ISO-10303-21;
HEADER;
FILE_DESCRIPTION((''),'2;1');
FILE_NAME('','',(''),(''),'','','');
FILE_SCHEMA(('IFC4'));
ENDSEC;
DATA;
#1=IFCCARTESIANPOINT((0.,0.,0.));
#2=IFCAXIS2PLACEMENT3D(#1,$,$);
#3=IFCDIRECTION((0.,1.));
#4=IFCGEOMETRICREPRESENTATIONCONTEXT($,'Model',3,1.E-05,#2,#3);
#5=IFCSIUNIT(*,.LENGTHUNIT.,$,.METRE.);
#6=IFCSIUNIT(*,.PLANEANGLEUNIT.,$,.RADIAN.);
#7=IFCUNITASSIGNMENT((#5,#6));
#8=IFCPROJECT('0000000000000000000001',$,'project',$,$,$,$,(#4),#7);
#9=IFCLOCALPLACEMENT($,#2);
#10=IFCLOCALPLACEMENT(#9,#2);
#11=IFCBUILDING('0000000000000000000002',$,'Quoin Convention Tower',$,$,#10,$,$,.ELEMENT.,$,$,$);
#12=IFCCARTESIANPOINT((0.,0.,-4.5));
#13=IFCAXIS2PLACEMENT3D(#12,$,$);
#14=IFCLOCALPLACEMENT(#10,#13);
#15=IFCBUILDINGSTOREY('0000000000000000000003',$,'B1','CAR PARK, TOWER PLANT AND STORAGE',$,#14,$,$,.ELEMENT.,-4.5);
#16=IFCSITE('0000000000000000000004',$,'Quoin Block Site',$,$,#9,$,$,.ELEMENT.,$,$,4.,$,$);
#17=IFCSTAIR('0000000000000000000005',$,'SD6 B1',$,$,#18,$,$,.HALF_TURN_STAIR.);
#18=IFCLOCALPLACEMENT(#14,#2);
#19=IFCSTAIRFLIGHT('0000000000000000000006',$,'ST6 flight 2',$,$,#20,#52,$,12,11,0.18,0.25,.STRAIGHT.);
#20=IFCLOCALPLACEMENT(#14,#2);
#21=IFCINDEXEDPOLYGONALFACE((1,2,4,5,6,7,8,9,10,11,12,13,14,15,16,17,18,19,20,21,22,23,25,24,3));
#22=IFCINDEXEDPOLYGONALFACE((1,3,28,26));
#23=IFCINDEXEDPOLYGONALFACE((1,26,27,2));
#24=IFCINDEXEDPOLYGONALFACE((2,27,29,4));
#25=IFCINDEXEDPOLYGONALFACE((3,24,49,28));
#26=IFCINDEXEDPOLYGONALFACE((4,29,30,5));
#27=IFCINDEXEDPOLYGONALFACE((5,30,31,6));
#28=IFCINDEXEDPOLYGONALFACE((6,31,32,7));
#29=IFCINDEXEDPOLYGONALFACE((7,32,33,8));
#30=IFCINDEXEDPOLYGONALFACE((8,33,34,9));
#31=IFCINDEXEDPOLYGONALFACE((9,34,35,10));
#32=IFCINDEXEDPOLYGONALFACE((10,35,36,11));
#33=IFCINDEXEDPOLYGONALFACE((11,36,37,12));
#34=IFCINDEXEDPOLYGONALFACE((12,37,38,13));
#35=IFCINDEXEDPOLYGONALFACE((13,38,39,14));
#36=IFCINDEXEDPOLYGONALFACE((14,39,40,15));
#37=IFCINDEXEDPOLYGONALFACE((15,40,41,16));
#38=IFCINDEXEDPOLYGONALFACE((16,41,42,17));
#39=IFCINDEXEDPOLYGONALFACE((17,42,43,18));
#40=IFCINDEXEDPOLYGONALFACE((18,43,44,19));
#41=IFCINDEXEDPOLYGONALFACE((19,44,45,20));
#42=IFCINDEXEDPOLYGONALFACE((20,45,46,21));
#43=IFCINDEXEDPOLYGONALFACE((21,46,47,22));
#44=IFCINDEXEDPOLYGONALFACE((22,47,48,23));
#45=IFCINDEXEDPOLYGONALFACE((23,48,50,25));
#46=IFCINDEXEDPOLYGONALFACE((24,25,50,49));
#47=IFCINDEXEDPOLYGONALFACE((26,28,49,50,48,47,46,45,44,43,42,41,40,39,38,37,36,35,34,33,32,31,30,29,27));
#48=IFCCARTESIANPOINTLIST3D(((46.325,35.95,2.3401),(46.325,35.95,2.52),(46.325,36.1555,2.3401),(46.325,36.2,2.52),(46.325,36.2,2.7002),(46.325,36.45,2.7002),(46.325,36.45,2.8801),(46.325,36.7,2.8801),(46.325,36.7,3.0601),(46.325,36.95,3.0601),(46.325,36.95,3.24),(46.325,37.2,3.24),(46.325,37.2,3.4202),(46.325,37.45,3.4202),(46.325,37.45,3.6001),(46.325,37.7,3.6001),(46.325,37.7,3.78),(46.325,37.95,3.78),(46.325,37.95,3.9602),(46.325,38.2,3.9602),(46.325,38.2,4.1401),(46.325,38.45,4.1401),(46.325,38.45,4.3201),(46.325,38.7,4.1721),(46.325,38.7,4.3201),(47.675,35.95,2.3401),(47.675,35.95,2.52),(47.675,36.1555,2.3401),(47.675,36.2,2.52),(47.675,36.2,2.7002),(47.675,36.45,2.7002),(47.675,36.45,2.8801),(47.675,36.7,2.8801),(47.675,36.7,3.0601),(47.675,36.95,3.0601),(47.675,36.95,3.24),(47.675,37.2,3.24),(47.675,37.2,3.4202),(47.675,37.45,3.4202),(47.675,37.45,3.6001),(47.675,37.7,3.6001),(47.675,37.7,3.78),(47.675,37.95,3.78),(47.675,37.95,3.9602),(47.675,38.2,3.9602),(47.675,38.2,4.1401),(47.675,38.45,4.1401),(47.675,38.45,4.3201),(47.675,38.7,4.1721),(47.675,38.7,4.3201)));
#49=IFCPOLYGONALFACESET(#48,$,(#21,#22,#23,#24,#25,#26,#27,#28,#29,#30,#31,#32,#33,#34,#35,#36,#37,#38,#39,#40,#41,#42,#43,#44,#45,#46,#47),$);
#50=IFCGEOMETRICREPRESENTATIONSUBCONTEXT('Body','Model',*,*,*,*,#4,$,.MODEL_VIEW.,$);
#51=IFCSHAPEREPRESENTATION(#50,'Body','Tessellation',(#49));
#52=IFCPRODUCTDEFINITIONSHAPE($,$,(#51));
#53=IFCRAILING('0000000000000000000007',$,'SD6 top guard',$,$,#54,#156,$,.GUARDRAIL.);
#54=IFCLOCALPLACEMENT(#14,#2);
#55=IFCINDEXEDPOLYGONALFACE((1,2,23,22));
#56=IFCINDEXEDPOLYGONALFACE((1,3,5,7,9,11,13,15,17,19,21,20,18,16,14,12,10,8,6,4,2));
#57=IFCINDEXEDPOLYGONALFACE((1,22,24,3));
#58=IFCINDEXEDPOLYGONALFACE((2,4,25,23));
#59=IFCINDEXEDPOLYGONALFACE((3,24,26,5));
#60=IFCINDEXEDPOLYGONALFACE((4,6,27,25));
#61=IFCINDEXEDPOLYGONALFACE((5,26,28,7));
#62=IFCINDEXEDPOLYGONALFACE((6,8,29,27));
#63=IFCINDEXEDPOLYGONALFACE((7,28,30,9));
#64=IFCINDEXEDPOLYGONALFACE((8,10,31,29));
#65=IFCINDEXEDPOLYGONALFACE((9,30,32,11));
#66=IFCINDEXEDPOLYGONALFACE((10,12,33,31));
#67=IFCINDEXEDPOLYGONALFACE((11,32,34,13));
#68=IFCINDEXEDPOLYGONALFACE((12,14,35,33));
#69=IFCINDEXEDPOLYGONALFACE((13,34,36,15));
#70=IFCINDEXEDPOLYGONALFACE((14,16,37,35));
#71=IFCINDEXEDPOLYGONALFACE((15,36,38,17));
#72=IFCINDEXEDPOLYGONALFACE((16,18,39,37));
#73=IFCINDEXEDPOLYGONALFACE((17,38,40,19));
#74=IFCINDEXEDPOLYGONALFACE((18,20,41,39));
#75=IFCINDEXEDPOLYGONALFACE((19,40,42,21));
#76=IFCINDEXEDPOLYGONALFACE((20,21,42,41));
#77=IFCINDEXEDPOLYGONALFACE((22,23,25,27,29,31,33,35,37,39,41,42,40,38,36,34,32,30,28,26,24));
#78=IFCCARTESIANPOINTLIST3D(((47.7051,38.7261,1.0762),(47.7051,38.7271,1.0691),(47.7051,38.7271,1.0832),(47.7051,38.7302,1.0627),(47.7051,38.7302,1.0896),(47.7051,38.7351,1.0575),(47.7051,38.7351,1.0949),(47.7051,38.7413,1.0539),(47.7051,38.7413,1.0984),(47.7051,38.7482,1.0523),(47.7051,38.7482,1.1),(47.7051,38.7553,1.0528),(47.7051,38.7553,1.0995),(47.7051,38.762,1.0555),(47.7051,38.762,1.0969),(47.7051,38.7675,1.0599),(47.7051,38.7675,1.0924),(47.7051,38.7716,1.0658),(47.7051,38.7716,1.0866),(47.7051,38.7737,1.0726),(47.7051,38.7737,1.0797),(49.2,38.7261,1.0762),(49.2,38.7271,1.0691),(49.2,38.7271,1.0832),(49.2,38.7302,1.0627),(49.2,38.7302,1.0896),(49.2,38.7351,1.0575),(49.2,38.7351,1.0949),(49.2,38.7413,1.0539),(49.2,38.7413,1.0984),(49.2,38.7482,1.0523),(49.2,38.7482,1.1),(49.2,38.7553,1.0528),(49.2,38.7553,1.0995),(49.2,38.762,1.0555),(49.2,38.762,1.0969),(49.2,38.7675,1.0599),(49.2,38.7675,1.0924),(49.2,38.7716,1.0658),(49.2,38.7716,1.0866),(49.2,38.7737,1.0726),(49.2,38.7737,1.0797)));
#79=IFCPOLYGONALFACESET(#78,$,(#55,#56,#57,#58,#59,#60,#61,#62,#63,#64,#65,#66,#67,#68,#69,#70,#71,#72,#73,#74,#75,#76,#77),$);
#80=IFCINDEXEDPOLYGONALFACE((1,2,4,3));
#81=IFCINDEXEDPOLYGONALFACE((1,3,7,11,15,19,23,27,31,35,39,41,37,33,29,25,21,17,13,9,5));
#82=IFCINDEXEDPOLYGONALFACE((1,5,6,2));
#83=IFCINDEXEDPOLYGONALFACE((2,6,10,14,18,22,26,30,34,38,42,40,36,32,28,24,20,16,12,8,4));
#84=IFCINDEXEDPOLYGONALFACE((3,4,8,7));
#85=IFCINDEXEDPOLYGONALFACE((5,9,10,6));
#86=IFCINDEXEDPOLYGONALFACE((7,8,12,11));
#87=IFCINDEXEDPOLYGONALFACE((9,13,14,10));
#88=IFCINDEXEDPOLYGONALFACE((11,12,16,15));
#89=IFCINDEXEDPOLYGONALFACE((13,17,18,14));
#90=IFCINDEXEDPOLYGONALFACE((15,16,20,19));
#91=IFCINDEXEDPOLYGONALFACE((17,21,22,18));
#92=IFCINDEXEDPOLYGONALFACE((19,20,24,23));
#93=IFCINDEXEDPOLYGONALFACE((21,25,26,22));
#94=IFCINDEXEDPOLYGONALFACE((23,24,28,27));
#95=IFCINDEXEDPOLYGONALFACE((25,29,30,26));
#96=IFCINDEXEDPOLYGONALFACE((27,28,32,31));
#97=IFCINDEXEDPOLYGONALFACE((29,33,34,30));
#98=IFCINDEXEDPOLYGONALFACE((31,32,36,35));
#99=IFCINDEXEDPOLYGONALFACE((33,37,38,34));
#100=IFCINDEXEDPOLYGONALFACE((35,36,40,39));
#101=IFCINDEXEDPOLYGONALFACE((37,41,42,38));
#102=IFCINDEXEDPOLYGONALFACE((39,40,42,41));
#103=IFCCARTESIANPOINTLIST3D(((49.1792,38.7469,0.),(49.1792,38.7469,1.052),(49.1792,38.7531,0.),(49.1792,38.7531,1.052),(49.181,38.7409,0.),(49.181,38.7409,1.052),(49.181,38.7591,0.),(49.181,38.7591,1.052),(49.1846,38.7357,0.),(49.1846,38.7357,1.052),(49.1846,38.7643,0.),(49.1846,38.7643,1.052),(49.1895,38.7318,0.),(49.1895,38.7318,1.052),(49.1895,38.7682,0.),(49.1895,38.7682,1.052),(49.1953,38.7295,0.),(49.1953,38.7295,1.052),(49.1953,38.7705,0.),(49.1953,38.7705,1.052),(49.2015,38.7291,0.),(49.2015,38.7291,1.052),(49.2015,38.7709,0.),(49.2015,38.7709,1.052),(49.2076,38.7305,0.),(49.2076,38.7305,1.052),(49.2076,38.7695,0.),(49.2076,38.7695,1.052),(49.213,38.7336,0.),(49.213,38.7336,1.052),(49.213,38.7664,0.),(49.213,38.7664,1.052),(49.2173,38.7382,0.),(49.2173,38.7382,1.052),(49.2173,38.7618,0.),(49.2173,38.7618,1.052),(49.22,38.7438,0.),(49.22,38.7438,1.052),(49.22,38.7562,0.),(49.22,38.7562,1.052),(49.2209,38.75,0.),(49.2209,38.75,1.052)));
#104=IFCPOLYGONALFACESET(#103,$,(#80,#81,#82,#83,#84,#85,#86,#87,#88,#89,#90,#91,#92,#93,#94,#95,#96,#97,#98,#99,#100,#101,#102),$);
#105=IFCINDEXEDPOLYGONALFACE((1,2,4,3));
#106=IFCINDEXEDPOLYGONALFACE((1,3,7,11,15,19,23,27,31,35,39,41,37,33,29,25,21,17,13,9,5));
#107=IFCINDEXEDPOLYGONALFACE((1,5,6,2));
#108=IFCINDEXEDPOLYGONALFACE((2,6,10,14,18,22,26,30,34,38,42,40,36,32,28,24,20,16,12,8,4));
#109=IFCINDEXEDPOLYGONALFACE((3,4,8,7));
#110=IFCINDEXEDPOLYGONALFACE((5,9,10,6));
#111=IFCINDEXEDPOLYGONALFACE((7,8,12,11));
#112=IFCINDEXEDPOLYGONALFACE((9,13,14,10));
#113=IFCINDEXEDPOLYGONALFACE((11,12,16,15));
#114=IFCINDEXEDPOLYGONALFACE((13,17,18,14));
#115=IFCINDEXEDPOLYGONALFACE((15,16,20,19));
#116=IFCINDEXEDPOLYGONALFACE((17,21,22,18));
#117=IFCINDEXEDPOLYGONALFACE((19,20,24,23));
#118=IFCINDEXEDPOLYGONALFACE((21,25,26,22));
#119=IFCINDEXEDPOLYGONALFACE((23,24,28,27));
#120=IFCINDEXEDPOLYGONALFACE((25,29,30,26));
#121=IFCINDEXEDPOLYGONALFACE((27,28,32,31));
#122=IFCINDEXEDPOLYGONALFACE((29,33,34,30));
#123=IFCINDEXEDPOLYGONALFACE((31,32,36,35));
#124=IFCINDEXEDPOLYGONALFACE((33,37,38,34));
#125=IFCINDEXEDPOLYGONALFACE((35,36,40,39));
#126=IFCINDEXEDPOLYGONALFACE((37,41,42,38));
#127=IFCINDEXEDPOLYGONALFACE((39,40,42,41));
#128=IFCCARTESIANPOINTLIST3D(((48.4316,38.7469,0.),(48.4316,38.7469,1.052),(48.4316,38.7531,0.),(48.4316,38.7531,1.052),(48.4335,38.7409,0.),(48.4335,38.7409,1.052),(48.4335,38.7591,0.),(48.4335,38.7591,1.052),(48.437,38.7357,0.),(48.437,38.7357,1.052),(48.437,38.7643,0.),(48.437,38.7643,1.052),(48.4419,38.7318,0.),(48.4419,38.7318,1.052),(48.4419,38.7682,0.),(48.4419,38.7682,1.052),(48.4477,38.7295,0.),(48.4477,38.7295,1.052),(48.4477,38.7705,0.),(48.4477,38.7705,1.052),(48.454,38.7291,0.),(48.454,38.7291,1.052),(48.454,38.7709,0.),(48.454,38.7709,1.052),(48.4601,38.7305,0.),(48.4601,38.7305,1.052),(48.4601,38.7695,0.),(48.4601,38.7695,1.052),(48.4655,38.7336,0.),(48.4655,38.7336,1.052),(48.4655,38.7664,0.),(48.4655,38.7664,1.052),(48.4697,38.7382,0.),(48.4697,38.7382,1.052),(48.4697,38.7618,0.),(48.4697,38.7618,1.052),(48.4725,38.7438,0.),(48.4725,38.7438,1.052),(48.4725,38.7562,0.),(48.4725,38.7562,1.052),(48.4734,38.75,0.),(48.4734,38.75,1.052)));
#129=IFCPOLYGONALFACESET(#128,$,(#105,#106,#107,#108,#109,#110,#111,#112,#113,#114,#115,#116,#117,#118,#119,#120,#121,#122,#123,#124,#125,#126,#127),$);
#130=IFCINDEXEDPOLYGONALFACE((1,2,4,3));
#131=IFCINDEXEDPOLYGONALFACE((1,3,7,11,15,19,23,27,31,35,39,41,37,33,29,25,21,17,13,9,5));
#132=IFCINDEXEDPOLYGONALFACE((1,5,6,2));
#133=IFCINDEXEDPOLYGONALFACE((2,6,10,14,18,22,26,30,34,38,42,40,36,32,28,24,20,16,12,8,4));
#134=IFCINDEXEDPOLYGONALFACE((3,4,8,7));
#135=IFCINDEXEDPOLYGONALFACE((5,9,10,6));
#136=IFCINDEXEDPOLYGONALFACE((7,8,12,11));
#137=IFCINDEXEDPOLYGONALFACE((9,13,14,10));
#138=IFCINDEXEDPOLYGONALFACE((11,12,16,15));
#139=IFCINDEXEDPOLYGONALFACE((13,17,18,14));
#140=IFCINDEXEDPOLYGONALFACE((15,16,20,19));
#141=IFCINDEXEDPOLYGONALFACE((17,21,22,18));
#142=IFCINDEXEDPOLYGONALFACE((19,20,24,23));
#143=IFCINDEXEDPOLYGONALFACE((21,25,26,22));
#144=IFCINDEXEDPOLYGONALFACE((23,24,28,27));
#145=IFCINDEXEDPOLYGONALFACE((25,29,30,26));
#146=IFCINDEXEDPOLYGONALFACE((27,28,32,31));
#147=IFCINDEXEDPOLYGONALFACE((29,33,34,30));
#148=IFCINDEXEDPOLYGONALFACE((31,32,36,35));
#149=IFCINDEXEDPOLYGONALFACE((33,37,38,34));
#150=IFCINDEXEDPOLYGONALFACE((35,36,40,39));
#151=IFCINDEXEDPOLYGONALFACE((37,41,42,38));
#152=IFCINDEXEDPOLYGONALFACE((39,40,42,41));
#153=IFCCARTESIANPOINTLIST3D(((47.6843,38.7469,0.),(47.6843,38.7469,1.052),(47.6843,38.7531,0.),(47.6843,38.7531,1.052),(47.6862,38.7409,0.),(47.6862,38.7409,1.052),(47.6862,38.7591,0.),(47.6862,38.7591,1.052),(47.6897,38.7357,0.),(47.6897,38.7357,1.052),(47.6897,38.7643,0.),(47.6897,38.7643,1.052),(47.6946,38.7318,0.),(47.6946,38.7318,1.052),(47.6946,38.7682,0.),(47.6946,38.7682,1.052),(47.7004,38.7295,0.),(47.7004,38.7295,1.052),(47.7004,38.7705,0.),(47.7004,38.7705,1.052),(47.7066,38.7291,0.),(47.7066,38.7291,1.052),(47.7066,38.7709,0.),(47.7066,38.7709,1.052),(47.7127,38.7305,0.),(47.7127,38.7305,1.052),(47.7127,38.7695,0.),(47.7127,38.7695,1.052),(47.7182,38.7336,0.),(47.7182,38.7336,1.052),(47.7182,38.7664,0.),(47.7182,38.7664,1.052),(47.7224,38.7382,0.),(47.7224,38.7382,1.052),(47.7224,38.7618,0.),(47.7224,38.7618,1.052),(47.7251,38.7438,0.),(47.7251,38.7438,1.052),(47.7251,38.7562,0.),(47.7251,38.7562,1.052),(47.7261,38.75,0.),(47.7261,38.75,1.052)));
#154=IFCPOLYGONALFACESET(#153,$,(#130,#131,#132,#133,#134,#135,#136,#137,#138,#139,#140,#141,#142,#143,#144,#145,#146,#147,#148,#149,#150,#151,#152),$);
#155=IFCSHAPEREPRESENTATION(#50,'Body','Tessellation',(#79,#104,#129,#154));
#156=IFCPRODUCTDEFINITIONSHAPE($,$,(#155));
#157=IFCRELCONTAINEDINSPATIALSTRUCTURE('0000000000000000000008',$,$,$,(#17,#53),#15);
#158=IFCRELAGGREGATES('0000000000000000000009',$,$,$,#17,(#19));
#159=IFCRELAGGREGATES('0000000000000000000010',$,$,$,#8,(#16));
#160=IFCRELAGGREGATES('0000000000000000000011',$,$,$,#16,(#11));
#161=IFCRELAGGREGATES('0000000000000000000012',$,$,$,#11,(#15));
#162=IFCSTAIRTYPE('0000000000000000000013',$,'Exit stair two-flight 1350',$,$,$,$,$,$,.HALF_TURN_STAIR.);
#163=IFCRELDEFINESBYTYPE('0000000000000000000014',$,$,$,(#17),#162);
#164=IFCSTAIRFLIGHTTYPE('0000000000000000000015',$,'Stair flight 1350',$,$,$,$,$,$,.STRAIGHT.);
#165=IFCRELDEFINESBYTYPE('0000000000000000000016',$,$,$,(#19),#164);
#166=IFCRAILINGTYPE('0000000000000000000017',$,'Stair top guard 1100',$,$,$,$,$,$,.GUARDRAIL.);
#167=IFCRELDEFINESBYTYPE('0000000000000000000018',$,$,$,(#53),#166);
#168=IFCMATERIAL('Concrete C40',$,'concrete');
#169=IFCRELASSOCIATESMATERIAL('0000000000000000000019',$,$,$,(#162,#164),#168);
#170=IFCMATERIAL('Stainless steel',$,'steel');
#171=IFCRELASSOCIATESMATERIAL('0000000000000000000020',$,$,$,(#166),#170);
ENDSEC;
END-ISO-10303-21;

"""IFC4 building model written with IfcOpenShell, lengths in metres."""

from ifc_helpers import new_model, si_unit, direction, frame, origin, origin_2d, place, context, subcontext, project, spatial, polyline, circle, outline, extrude, material, type_object, element, aggregate, save


model = new_model("IFC4")

# Units and contexts
model_context = context("Model", 3, precision=1e-05, world=origin(), true_north=direction((0.0, 1.0)))
body_context = subcontext(model_context, "Body", "Model", "MODEL_VIEW")
ifc_project = project(units=[si_unit("LENGTHUNIT", "METRE"), si_unit("PLANEANGLEUNIT", "RADIAN")], contexts=[model_context])

# Site, building, storey
site_placement = place(None, origin())
site = spatial("IfcSite", under=ifc_project, at=site_placement, Name="Quoin Block Site", CompositionType="ELEMENT", RefElevation=4.0)
building_placement = place(site_placement, origin())
building = spatial("IfcBuilding", under=site, at=building_placement, Name="Quoin Convention Tower", CompositionType="ELEMENT")
storey_placement = place(building_placement, frame((0.0, 0.0, -4.5)))
storey = spatial("IfcBuildingStorey", under=building, at=storey_placement, Name="B1", Description="CAR PARK, TOWER PLANT AND STORAGE", CompositionType="ELEMENT", Elevation=-4.5)

# Stair, stair flight
ifc_material_1 = material(Name="Concrete C40", Category="concrete")
stair_type = type_object("IfcStairType", Name="Exit stair two-flight 1350", PredefinedType="HALF_TURN_STAIR", material=ifc_material_1)
stair_placement = place(storey_placement, origin())
stair = element("IfcStair", 1, at=stair_placement, inside=storey, type_object=stair_type, Name="SD6 B1", PredefinedType="HALF_TURN_STAIR")
stair_flight_type = type_object("IfcStairFlightType", Name="Stair flight 1350", PredefinedType="STRAIGHT", material=ifc_material_1)
stair_flight_1_placement = place(storey_placement, frame((47.0, 35.95, 2.3401), z_axis=(0.0, 0.0, 1.0), x_axis=(0.0, 1.0, 0.0)))
stair_flight_1 = element("IfcStairFlight", 2, at=stair_flight_1_placement, type_object=stair_flight_type, Name="ST6 flight 2", NumberOfRisers=12, NumberOfTreads=11, PredefinedType="STRAIGHT", RiserHeight=0.18, TreadLength=0.25, context=body_context, shape_type="SweptSolid", body=[
    extrude(outline(polyline([(0.0, 0.0), (0.0, 0.1799), (0.25, 0.1799), (0.25, 0.3601), (0.5, 0.3601), (0.5, 0.54), (0.75, 0.54), (0.75, 0.72), (1.0, 0.72), (1.0, 0.8999), (1.25, 0.8999), (1.25, 1.0801), (1.5, 1.0801), (1.5, 1.26), (1.75, 1.26), (1.75, 1.4399), (2.0, 1.4399), (2.0, 1.6201), (2.25, 1.6201), (2.25, 1.8), (2.5, 1.8), (2.5, 1.98), (2.75, 1.98), (2.75, 2.1599), (2.75, 1.832), (0.2056, 0.0), (0.0, 0.0)])), frame((0.0, 0.675, 0.0), z_axis=(0.0, -1.0, 0.0), x_axis=(1.0, 0.0, 0.0)), (0.0, 0.0, 1.0), 1.3501),
])
aggregate(stair, [stair_flight_1])

# Railing
ifc_material_2 = material(Name="Stainless steel", Category="steel")
railing_type_1 = type_object("IfcRailingType", Name="Stair top guard 1100", PredefinedType="GUARDRAIL", material=ifc_material_2)
railing_1_placement = place(storey_placement, frame((49.2, 38.75, 0.0)))
element("IfcRailing", 3, at=railing_1_placement, inside=storey, type_object=railing_type_1, Name="SD6 top guard", PredefinedType="GUARDRAIL", context=body_context, shape_type="SweptSolid", body=[
    extrude(circle(Radius=0.0239, at=origin_2d()), frame((0.0, 0.0, 1.0762), z_axis=(-1.0, 0.0, 0.0), x_axis=(0.0, -1.0, 0.0)), (0.0, 0.0, 1.0), 1.4949),
    extrude(circle(Radius=0.021, at=origin_2d()), origin(), (0.0, 0.0, 1.0), 1.052),
    extrude(circle(Radius=0.021, at=origin_2d()), frame((-0.7476, 0.0, 0.0)), (0.0, 0.0, 1.0), 1.052),
    extrude(circle(Radius=0.021, at=origin_2d()), frame((-1.4949, 0.0, 0.0)), (0.0, 0.0, 1.0), 1.052),
])

save(model, "model.ifc")
